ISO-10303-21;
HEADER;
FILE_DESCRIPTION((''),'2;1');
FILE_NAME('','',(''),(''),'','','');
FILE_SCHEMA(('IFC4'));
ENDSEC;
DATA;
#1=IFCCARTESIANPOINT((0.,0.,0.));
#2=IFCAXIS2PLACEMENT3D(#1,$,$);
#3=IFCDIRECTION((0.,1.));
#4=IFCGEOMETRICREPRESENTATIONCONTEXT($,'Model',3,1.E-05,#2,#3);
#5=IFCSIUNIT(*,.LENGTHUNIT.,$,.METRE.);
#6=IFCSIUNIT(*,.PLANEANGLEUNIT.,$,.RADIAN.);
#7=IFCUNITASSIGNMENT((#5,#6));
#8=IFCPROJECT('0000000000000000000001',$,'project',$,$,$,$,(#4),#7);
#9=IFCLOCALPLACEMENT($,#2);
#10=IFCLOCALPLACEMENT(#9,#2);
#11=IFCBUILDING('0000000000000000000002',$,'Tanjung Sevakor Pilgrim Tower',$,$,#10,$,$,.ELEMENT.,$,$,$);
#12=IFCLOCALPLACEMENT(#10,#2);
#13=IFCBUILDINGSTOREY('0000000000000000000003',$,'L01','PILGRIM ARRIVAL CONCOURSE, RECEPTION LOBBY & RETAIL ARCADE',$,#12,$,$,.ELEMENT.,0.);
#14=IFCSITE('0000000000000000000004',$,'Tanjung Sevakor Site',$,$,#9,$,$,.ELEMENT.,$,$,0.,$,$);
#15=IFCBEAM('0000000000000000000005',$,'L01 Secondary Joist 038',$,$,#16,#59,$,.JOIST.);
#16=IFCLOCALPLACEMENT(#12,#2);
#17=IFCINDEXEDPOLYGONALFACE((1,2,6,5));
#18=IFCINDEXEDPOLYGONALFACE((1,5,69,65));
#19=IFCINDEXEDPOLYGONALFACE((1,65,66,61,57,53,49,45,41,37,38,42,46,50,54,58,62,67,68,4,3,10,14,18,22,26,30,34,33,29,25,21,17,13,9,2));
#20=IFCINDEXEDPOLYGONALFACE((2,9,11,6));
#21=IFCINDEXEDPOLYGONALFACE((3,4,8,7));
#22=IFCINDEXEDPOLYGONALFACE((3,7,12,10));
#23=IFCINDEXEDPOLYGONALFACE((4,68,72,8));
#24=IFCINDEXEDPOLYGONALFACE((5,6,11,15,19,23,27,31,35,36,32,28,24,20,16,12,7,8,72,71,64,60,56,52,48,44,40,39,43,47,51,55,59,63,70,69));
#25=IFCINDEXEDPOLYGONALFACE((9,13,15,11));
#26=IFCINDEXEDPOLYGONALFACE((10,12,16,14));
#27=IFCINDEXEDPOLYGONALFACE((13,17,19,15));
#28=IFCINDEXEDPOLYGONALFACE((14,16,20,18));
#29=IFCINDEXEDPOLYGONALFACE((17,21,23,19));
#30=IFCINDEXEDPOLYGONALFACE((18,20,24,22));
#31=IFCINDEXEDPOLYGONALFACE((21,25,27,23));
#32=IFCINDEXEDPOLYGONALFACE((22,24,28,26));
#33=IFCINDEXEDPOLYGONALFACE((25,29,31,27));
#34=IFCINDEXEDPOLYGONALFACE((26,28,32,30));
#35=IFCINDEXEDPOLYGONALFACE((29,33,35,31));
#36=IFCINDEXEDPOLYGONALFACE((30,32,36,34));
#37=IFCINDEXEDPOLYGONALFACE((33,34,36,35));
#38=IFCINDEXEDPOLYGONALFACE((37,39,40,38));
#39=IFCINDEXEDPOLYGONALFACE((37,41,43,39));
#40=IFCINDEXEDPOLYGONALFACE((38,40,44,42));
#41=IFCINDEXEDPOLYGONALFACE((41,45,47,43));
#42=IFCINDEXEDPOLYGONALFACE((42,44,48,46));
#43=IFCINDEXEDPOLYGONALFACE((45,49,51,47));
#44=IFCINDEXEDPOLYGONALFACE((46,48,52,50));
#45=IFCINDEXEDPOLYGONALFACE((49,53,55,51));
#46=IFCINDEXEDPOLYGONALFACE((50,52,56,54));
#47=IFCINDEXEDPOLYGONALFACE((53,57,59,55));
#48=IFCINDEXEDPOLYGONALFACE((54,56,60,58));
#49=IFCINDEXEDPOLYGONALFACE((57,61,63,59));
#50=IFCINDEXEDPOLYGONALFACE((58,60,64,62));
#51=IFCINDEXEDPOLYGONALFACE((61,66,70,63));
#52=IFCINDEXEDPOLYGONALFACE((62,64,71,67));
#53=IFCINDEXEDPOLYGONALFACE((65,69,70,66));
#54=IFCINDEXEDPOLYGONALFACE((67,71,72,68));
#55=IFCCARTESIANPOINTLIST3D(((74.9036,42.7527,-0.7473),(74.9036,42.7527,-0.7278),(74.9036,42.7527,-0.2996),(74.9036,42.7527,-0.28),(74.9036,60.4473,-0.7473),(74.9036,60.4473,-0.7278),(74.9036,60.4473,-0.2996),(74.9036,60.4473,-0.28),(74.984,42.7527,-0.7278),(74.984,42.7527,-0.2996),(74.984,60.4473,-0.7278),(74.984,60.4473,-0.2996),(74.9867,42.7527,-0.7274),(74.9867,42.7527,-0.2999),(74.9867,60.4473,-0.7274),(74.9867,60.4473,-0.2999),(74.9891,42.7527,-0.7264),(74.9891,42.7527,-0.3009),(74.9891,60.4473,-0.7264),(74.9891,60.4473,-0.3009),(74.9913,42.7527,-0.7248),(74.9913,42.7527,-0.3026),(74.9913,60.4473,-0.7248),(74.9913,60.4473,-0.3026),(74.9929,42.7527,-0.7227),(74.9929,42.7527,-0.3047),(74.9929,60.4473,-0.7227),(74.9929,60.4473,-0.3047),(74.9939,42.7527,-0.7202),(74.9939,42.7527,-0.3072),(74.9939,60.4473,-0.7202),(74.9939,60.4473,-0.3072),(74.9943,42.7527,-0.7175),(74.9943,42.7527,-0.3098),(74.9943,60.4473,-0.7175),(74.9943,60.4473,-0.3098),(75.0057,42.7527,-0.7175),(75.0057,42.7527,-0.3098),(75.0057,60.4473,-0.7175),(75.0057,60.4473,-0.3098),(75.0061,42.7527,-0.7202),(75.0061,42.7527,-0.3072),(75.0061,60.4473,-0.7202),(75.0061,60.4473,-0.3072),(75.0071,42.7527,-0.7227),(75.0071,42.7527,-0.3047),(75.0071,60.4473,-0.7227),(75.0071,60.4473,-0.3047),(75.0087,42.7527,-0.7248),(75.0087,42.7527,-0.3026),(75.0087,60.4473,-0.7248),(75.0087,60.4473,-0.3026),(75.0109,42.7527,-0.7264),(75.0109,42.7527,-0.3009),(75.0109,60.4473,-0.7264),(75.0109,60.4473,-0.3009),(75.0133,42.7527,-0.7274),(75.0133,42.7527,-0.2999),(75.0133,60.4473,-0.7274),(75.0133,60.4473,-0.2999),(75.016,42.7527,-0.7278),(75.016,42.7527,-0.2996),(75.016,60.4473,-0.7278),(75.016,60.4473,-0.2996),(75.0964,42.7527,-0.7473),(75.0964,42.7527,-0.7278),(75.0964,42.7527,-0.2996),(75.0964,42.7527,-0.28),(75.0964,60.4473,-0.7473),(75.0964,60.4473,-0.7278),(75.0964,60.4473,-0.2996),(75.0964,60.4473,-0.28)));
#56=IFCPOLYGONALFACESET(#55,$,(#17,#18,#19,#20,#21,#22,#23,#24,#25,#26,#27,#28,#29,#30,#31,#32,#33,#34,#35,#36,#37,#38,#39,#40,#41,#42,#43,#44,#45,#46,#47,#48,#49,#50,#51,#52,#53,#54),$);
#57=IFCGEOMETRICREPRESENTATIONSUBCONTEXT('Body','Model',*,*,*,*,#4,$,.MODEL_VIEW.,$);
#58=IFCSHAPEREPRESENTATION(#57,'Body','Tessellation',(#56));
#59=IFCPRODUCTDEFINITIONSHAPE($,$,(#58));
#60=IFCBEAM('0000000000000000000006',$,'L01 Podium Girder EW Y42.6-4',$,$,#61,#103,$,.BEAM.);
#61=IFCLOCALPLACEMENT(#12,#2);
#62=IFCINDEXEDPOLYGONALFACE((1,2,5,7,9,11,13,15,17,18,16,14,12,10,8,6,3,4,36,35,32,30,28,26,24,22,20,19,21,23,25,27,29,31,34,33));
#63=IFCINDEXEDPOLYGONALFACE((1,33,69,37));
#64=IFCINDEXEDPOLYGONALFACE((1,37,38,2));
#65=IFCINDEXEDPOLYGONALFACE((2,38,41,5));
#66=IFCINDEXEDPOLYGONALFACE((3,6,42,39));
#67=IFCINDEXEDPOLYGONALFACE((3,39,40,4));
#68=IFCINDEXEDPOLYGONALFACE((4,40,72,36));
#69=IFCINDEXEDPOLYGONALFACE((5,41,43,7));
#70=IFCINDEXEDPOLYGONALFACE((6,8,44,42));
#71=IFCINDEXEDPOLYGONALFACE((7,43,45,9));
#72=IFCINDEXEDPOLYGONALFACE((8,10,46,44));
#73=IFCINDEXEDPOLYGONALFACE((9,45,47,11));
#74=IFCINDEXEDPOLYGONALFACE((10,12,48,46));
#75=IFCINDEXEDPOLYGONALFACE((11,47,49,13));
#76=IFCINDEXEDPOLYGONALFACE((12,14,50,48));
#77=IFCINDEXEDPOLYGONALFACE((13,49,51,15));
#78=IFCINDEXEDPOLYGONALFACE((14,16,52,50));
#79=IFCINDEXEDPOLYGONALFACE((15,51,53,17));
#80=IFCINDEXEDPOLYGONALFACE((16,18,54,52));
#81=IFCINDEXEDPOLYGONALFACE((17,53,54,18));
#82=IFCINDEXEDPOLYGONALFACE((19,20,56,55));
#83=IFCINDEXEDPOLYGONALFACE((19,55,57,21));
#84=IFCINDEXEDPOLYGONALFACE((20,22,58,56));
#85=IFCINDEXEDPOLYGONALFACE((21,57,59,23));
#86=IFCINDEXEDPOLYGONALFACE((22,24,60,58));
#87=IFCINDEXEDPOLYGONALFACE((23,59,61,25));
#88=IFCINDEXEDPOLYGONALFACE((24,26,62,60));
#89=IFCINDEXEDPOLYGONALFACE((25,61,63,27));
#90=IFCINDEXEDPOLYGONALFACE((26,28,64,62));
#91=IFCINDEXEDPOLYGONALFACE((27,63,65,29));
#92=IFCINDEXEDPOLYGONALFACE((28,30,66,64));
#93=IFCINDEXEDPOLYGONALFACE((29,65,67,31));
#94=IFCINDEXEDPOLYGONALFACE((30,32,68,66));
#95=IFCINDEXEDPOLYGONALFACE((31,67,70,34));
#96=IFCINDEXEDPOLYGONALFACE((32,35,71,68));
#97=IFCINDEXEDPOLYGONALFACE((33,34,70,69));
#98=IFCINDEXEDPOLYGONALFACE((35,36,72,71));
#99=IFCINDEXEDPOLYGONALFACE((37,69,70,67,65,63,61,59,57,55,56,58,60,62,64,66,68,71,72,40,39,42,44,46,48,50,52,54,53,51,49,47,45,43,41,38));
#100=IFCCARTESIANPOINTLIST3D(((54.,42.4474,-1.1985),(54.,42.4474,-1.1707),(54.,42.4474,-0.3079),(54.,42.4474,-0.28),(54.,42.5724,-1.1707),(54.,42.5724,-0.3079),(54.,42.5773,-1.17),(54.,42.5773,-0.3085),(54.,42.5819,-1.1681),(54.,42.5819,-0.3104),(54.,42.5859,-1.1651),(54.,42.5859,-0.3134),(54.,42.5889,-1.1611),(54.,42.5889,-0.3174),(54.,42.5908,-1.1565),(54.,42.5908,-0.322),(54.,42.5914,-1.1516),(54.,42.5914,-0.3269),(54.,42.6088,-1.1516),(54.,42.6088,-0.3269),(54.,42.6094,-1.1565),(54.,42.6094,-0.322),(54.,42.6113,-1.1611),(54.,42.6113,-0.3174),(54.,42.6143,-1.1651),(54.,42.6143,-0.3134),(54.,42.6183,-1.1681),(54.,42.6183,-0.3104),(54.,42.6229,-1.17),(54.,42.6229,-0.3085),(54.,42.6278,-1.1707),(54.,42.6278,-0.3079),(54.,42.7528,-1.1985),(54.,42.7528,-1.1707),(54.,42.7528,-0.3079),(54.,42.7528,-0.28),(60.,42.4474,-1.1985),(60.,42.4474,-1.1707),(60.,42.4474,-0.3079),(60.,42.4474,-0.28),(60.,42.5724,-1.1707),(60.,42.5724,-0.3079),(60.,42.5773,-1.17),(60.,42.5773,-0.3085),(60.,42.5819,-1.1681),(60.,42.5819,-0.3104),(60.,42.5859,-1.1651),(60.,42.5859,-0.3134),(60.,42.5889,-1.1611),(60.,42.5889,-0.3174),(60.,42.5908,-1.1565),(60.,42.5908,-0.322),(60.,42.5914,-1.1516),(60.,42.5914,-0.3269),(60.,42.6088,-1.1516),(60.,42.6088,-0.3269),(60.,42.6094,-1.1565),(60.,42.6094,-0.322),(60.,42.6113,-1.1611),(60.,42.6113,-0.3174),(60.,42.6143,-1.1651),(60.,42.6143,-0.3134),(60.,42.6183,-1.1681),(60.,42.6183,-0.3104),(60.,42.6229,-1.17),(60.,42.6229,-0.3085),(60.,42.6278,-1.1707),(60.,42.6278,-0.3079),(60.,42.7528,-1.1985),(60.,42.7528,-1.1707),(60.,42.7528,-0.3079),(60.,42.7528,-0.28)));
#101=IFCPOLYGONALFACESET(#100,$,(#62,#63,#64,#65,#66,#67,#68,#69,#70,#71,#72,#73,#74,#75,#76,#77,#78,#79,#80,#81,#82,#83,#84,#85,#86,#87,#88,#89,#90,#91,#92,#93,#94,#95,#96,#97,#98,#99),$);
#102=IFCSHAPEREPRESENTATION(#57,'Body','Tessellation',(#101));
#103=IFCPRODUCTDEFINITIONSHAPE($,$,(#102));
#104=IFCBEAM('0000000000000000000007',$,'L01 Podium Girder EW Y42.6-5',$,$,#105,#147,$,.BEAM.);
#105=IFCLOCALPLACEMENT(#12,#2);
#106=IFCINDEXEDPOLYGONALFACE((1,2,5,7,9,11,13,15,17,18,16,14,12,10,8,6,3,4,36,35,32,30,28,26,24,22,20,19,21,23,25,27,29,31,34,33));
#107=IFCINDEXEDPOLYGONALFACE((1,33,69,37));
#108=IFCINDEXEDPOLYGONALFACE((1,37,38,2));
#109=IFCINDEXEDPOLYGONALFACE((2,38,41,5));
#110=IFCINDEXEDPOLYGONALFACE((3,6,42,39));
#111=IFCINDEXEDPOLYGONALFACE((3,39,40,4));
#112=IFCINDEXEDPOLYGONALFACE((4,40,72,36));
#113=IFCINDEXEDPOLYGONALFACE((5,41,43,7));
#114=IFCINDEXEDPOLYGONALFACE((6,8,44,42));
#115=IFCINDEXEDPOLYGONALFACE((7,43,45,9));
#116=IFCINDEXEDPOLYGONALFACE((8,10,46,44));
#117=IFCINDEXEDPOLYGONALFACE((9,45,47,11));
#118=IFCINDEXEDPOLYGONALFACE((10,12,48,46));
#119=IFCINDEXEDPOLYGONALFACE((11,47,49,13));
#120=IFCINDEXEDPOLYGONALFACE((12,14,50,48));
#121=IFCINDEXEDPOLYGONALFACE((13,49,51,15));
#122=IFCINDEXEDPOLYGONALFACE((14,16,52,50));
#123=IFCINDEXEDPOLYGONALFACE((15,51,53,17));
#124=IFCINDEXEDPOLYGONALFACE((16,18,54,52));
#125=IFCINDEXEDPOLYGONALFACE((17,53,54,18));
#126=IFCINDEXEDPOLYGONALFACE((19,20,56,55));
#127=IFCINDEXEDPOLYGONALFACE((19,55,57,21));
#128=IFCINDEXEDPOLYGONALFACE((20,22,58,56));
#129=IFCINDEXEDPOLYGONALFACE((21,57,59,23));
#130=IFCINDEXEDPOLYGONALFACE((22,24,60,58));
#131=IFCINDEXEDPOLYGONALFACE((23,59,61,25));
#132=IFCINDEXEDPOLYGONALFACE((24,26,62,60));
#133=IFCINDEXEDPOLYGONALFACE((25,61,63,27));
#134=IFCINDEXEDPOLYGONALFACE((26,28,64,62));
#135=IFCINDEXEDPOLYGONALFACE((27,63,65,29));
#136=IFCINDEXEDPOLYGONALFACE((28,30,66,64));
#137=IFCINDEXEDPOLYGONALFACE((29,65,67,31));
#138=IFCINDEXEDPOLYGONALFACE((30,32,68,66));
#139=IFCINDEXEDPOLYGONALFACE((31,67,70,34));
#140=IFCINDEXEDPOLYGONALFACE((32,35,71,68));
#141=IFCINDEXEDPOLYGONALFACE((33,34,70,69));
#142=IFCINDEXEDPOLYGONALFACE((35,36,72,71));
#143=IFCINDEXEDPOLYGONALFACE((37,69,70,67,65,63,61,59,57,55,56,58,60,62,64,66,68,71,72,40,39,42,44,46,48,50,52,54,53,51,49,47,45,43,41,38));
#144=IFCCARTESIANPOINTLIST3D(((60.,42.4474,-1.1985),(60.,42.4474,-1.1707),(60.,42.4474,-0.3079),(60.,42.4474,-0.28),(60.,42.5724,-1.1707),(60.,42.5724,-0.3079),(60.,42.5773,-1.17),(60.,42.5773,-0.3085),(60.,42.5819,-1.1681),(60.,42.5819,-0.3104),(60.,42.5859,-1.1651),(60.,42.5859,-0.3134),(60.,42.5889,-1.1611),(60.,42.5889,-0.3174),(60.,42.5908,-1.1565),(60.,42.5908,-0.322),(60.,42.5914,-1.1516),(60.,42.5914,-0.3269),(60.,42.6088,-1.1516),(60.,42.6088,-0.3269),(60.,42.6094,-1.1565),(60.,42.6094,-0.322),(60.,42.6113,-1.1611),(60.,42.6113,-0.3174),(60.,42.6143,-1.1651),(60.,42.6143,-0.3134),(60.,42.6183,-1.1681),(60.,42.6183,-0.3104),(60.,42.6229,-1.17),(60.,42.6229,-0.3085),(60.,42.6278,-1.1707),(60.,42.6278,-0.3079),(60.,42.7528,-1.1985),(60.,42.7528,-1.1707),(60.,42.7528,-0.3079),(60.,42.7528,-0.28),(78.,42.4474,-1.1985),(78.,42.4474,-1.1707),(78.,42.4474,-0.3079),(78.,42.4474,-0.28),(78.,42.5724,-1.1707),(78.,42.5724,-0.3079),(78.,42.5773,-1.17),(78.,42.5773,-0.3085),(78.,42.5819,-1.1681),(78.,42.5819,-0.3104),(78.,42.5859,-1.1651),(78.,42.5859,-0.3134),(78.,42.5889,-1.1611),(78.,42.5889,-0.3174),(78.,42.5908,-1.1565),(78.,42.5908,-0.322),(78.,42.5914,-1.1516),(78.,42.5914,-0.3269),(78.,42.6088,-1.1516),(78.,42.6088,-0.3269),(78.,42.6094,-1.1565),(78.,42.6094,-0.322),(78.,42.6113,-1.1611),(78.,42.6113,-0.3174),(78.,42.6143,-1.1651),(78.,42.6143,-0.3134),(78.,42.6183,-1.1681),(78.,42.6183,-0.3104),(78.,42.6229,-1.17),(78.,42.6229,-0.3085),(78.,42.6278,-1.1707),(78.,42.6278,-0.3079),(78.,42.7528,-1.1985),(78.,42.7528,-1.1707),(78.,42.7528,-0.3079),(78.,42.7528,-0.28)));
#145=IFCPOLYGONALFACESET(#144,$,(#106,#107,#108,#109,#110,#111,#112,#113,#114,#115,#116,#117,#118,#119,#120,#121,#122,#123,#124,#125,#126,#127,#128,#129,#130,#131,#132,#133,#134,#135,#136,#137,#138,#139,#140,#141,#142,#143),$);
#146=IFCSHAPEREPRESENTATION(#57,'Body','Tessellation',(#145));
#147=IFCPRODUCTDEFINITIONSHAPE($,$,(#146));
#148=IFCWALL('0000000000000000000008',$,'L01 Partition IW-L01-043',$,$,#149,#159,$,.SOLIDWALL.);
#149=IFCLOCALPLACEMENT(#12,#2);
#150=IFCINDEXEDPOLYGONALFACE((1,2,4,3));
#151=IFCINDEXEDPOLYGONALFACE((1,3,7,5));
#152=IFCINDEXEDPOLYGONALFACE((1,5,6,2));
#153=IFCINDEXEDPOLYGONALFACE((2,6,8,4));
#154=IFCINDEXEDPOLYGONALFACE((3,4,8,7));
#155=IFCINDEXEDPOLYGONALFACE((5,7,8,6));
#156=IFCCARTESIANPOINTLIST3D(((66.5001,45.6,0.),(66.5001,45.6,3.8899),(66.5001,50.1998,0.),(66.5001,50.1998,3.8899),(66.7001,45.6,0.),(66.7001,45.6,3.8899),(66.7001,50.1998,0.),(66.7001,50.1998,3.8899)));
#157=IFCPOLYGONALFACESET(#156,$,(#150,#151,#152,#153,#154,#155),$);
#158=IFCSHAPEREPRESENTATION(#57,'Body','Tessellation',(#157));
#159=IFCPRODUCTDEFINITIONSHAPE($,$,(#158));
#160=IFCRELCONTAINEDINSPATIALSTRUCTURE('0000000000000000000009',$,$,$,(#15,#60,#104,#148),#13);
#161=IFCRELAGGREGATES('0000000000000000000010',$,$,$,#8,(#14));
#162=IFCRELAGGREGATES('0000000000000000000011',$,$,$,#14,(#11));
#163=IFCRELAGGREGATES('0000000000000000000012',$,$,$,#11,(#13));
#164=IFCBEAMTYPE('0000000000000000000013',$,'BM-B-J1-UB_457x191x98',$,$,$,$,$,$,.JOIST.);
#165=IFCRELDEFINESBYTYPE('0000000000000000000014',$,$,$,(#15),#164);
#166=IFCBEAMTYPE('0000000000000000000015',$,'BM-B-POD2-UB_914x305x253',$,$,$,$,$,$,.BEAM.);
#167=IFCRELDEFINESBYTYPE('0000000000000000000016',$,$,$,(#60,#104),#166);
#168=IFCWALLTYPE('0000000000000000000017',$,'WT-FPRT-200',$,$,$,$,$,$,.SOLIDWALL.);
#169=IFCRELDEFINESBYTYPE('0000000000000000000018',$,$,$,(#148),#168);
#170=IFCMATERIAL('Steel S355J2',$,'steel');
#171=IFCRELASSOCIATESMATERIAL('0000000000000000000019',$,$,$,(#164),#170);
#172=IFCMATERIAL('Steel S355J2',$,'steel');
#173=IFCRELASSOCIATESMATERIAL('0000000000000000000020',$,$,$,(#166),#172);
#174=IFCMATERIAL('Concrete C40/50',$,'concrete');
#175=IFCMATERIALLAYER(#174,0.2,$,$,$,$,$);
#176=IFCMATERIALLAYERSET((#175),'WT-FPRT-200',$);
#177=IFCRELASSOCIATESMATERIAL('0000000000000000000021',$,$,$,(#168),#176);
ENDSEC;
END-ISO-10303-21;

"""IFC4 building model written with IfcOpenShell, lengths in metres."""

from ifc_helpers import new_model, si_unit, direction, frame, frame_2d, origin, origin_2d, place, context, subcontext, project, spatial, rectangle, i_section, extrude, material, layer, layer_set, material_profile, profile_set, type_object, element, save


model = new_model("IFC4")

# Units and contexts
model_context = context("Model", 3, precision=1e-05, world=origin(), true_north=direction((0.0, 1.0)))
body_context = subcontext(model_context, "Body", "Model", "MODEL_VIEW")
ifc_project = project(units=[si_unit("LENGTHUNIT", "METRE"), si_unit("PLANEANGLEUNIT", "RADIAN")], contexts=[model_context])

# Site, building, storey
site_placement = place(None, origin())
site = spatial("IfcSite", under=ifc_project, at=site_placement, Name="Tanjung Sevakor Site", CompositionType="ELEMENT", RefElevation=0.0)
building_placement = place(site_placement, origin())
building = spatial("IfcBuilding", under=site, at=building_placement, Name="Tanjung Sevakor Pilgrim Tower", CompositionType="ELEMENT")
storey_placement = place(building_placement, origin())
storey = spatial("IfcBuildingStorey", under=building, at=storey_placement, Name="L01", Description="PILGRIM ARRIVAL CONCOURSE, RECEPTION LOBBY & RETAIL ARCADE", CompositionType="ELEMENT", Elevation=0.0)

# Beams
ifc_material_1 = material(Name="Steel S355J2", Category="steel")
ifc_material_profile_1 = material_profile(ifc_material_1, i_section(OverallWidth=0.1929, OverallDepth=0.4673, WebThickness=0.0115, FlangeThickness=0.0195, FilletRadius=0.0103, at=origin_2d()))
ifc_profile_set_1 = profile_set([ifc_material_profile_1], Name="Steel S355J2")
beam_type_1 = type_object("IfcBeamType", Name="BM-B-J1-UB_457x191x98", PredefinedType="JOIST", material=ifc_profile_set_1)
for number, where, z_axis, x_axis, name in (
    (1, (75.0, 42.7527, -0.5137), (0.0, 1.0, 0.0), (-1.0, 0.0, 0.0), "L01 Secondary Joist 038"),
):
    element("IfcBeam", number, at=place(storey_placement, frame(where, z_axis=z_axis, x_axis=x_axis)), inside=storey, type_object=beam_type_1, Name=name, PredefinedType="JOIST", context=body_context, shape_type="SweptSolid", body=[
        extrude(i_section(OverallWidth=0.1929, OverallDepth=0.4673, WebThickness=0.0115, FlangeThickness=0.0195, FilletRadius=0.0103, at=origin_2d()), origin(), (0.0, 0.0, 1.0), 17.6946),
    ])
ifc_material_2 = material(Name="Steel S355J2", Category="steel")
ifc_material_profile_2 = material_profile(ifc_material_2, i_section(OverallWidth=0.3054, OverallDepth=0.9185, WebThickness=0.0173, FlangeThickness=0.0278, FilletRadius=0.019, at=origin_2d()))
ifc_profile_set_2 = profile_set([ifc_material_profile_2], Name="Steel S355J2")
beam_type_2 = type_object("IfcBeamType", Name="BM-B-POD2-UB_914x305x253", PredefinedType="BEAM", material=ifc_profile_set_2)
beam_1_placement = place(storey_placement, frame((54.0, 42.6001, -0.7393), z_axis=(1.0, 0.0, 0.0), x_axis=(0.0, 1.0, 0.0)))
element("IfcBeam", 2, at=beam_1_placement, inside=storey, type_object=beam_type_2, Name="L01 Podium Girder EW Y42.6-4", PredefinedType="BEAM", context=body_context, shape_type="SweptSolid", body=[
    extrude(i_section(OverallWidth=0.3054, OverallDepth=0.9185, WebThickness=0.0173, FlangeThickness=0.0278, FilletRadius=0.019, at=origin_2d()), origin(), (0.0, 0.0, 1.0), 6.0),
])
beam_2_placement = place(storey_placement, frame((60.0, 42.6001, -0.7393), z_axis=(1.0, 0.0, 0.0), x_axis=(0.0, 1.0, 0.0)))
element("IfcBeam", 3, at=beam_2_placement, inside=storey, type_object=beam_type_2, Name="L01 Podium Girder EW Y42.6-5", PredefinedType="BEAM", context=body_context, shape_type="SweptSolid", body=[
    extrude(i_section(OverallWidth=0.3054, OverallDepth=0.9185, WebThickness=0.0173, FlangeThickness=0.0278, FilletRadius=0.019, at=origin_2d()), origin(), (0.0, 0.0, 1.0), 18.0),
])

# Shared definitions
ifc_material_3 = material(Name="Concrete C40/50", Category="concrete")
ifc_layer = layer(ifc_material_3, 0.2)
ifc_layer_set = layer_set([ifc_layer], Name="WT-FPRT-200")
wall_type = type_object("IfcWallType", Name="WT-FPRT-200", PredefinedType="SOLIDWALL", material=ifc_layer_set)

# Wall
wall_1_placement = place(storey_placement, frame((66.6001, 45.6001, 0.0), z_axis=(0.0, 0.0, 1.0), x_axis=(0.0, 1.0, 0.0)))
element("IfcWall", 4, at=wall_1_placement, inside=storey, type_object=wall_type, Name="L01 Partition IW-L01-043", PredefinedType="SOLIDWALL", context=body_context, shape_type="SweptSolid", body=[
    extrude(rectangle(XDim=4.5999, YDim=0.2, at=frame_2d((2.2998, 0.0))), origin(), (0.0, 0.0, 1.0), 3.8899),
])

save(model, "model.ifc")
